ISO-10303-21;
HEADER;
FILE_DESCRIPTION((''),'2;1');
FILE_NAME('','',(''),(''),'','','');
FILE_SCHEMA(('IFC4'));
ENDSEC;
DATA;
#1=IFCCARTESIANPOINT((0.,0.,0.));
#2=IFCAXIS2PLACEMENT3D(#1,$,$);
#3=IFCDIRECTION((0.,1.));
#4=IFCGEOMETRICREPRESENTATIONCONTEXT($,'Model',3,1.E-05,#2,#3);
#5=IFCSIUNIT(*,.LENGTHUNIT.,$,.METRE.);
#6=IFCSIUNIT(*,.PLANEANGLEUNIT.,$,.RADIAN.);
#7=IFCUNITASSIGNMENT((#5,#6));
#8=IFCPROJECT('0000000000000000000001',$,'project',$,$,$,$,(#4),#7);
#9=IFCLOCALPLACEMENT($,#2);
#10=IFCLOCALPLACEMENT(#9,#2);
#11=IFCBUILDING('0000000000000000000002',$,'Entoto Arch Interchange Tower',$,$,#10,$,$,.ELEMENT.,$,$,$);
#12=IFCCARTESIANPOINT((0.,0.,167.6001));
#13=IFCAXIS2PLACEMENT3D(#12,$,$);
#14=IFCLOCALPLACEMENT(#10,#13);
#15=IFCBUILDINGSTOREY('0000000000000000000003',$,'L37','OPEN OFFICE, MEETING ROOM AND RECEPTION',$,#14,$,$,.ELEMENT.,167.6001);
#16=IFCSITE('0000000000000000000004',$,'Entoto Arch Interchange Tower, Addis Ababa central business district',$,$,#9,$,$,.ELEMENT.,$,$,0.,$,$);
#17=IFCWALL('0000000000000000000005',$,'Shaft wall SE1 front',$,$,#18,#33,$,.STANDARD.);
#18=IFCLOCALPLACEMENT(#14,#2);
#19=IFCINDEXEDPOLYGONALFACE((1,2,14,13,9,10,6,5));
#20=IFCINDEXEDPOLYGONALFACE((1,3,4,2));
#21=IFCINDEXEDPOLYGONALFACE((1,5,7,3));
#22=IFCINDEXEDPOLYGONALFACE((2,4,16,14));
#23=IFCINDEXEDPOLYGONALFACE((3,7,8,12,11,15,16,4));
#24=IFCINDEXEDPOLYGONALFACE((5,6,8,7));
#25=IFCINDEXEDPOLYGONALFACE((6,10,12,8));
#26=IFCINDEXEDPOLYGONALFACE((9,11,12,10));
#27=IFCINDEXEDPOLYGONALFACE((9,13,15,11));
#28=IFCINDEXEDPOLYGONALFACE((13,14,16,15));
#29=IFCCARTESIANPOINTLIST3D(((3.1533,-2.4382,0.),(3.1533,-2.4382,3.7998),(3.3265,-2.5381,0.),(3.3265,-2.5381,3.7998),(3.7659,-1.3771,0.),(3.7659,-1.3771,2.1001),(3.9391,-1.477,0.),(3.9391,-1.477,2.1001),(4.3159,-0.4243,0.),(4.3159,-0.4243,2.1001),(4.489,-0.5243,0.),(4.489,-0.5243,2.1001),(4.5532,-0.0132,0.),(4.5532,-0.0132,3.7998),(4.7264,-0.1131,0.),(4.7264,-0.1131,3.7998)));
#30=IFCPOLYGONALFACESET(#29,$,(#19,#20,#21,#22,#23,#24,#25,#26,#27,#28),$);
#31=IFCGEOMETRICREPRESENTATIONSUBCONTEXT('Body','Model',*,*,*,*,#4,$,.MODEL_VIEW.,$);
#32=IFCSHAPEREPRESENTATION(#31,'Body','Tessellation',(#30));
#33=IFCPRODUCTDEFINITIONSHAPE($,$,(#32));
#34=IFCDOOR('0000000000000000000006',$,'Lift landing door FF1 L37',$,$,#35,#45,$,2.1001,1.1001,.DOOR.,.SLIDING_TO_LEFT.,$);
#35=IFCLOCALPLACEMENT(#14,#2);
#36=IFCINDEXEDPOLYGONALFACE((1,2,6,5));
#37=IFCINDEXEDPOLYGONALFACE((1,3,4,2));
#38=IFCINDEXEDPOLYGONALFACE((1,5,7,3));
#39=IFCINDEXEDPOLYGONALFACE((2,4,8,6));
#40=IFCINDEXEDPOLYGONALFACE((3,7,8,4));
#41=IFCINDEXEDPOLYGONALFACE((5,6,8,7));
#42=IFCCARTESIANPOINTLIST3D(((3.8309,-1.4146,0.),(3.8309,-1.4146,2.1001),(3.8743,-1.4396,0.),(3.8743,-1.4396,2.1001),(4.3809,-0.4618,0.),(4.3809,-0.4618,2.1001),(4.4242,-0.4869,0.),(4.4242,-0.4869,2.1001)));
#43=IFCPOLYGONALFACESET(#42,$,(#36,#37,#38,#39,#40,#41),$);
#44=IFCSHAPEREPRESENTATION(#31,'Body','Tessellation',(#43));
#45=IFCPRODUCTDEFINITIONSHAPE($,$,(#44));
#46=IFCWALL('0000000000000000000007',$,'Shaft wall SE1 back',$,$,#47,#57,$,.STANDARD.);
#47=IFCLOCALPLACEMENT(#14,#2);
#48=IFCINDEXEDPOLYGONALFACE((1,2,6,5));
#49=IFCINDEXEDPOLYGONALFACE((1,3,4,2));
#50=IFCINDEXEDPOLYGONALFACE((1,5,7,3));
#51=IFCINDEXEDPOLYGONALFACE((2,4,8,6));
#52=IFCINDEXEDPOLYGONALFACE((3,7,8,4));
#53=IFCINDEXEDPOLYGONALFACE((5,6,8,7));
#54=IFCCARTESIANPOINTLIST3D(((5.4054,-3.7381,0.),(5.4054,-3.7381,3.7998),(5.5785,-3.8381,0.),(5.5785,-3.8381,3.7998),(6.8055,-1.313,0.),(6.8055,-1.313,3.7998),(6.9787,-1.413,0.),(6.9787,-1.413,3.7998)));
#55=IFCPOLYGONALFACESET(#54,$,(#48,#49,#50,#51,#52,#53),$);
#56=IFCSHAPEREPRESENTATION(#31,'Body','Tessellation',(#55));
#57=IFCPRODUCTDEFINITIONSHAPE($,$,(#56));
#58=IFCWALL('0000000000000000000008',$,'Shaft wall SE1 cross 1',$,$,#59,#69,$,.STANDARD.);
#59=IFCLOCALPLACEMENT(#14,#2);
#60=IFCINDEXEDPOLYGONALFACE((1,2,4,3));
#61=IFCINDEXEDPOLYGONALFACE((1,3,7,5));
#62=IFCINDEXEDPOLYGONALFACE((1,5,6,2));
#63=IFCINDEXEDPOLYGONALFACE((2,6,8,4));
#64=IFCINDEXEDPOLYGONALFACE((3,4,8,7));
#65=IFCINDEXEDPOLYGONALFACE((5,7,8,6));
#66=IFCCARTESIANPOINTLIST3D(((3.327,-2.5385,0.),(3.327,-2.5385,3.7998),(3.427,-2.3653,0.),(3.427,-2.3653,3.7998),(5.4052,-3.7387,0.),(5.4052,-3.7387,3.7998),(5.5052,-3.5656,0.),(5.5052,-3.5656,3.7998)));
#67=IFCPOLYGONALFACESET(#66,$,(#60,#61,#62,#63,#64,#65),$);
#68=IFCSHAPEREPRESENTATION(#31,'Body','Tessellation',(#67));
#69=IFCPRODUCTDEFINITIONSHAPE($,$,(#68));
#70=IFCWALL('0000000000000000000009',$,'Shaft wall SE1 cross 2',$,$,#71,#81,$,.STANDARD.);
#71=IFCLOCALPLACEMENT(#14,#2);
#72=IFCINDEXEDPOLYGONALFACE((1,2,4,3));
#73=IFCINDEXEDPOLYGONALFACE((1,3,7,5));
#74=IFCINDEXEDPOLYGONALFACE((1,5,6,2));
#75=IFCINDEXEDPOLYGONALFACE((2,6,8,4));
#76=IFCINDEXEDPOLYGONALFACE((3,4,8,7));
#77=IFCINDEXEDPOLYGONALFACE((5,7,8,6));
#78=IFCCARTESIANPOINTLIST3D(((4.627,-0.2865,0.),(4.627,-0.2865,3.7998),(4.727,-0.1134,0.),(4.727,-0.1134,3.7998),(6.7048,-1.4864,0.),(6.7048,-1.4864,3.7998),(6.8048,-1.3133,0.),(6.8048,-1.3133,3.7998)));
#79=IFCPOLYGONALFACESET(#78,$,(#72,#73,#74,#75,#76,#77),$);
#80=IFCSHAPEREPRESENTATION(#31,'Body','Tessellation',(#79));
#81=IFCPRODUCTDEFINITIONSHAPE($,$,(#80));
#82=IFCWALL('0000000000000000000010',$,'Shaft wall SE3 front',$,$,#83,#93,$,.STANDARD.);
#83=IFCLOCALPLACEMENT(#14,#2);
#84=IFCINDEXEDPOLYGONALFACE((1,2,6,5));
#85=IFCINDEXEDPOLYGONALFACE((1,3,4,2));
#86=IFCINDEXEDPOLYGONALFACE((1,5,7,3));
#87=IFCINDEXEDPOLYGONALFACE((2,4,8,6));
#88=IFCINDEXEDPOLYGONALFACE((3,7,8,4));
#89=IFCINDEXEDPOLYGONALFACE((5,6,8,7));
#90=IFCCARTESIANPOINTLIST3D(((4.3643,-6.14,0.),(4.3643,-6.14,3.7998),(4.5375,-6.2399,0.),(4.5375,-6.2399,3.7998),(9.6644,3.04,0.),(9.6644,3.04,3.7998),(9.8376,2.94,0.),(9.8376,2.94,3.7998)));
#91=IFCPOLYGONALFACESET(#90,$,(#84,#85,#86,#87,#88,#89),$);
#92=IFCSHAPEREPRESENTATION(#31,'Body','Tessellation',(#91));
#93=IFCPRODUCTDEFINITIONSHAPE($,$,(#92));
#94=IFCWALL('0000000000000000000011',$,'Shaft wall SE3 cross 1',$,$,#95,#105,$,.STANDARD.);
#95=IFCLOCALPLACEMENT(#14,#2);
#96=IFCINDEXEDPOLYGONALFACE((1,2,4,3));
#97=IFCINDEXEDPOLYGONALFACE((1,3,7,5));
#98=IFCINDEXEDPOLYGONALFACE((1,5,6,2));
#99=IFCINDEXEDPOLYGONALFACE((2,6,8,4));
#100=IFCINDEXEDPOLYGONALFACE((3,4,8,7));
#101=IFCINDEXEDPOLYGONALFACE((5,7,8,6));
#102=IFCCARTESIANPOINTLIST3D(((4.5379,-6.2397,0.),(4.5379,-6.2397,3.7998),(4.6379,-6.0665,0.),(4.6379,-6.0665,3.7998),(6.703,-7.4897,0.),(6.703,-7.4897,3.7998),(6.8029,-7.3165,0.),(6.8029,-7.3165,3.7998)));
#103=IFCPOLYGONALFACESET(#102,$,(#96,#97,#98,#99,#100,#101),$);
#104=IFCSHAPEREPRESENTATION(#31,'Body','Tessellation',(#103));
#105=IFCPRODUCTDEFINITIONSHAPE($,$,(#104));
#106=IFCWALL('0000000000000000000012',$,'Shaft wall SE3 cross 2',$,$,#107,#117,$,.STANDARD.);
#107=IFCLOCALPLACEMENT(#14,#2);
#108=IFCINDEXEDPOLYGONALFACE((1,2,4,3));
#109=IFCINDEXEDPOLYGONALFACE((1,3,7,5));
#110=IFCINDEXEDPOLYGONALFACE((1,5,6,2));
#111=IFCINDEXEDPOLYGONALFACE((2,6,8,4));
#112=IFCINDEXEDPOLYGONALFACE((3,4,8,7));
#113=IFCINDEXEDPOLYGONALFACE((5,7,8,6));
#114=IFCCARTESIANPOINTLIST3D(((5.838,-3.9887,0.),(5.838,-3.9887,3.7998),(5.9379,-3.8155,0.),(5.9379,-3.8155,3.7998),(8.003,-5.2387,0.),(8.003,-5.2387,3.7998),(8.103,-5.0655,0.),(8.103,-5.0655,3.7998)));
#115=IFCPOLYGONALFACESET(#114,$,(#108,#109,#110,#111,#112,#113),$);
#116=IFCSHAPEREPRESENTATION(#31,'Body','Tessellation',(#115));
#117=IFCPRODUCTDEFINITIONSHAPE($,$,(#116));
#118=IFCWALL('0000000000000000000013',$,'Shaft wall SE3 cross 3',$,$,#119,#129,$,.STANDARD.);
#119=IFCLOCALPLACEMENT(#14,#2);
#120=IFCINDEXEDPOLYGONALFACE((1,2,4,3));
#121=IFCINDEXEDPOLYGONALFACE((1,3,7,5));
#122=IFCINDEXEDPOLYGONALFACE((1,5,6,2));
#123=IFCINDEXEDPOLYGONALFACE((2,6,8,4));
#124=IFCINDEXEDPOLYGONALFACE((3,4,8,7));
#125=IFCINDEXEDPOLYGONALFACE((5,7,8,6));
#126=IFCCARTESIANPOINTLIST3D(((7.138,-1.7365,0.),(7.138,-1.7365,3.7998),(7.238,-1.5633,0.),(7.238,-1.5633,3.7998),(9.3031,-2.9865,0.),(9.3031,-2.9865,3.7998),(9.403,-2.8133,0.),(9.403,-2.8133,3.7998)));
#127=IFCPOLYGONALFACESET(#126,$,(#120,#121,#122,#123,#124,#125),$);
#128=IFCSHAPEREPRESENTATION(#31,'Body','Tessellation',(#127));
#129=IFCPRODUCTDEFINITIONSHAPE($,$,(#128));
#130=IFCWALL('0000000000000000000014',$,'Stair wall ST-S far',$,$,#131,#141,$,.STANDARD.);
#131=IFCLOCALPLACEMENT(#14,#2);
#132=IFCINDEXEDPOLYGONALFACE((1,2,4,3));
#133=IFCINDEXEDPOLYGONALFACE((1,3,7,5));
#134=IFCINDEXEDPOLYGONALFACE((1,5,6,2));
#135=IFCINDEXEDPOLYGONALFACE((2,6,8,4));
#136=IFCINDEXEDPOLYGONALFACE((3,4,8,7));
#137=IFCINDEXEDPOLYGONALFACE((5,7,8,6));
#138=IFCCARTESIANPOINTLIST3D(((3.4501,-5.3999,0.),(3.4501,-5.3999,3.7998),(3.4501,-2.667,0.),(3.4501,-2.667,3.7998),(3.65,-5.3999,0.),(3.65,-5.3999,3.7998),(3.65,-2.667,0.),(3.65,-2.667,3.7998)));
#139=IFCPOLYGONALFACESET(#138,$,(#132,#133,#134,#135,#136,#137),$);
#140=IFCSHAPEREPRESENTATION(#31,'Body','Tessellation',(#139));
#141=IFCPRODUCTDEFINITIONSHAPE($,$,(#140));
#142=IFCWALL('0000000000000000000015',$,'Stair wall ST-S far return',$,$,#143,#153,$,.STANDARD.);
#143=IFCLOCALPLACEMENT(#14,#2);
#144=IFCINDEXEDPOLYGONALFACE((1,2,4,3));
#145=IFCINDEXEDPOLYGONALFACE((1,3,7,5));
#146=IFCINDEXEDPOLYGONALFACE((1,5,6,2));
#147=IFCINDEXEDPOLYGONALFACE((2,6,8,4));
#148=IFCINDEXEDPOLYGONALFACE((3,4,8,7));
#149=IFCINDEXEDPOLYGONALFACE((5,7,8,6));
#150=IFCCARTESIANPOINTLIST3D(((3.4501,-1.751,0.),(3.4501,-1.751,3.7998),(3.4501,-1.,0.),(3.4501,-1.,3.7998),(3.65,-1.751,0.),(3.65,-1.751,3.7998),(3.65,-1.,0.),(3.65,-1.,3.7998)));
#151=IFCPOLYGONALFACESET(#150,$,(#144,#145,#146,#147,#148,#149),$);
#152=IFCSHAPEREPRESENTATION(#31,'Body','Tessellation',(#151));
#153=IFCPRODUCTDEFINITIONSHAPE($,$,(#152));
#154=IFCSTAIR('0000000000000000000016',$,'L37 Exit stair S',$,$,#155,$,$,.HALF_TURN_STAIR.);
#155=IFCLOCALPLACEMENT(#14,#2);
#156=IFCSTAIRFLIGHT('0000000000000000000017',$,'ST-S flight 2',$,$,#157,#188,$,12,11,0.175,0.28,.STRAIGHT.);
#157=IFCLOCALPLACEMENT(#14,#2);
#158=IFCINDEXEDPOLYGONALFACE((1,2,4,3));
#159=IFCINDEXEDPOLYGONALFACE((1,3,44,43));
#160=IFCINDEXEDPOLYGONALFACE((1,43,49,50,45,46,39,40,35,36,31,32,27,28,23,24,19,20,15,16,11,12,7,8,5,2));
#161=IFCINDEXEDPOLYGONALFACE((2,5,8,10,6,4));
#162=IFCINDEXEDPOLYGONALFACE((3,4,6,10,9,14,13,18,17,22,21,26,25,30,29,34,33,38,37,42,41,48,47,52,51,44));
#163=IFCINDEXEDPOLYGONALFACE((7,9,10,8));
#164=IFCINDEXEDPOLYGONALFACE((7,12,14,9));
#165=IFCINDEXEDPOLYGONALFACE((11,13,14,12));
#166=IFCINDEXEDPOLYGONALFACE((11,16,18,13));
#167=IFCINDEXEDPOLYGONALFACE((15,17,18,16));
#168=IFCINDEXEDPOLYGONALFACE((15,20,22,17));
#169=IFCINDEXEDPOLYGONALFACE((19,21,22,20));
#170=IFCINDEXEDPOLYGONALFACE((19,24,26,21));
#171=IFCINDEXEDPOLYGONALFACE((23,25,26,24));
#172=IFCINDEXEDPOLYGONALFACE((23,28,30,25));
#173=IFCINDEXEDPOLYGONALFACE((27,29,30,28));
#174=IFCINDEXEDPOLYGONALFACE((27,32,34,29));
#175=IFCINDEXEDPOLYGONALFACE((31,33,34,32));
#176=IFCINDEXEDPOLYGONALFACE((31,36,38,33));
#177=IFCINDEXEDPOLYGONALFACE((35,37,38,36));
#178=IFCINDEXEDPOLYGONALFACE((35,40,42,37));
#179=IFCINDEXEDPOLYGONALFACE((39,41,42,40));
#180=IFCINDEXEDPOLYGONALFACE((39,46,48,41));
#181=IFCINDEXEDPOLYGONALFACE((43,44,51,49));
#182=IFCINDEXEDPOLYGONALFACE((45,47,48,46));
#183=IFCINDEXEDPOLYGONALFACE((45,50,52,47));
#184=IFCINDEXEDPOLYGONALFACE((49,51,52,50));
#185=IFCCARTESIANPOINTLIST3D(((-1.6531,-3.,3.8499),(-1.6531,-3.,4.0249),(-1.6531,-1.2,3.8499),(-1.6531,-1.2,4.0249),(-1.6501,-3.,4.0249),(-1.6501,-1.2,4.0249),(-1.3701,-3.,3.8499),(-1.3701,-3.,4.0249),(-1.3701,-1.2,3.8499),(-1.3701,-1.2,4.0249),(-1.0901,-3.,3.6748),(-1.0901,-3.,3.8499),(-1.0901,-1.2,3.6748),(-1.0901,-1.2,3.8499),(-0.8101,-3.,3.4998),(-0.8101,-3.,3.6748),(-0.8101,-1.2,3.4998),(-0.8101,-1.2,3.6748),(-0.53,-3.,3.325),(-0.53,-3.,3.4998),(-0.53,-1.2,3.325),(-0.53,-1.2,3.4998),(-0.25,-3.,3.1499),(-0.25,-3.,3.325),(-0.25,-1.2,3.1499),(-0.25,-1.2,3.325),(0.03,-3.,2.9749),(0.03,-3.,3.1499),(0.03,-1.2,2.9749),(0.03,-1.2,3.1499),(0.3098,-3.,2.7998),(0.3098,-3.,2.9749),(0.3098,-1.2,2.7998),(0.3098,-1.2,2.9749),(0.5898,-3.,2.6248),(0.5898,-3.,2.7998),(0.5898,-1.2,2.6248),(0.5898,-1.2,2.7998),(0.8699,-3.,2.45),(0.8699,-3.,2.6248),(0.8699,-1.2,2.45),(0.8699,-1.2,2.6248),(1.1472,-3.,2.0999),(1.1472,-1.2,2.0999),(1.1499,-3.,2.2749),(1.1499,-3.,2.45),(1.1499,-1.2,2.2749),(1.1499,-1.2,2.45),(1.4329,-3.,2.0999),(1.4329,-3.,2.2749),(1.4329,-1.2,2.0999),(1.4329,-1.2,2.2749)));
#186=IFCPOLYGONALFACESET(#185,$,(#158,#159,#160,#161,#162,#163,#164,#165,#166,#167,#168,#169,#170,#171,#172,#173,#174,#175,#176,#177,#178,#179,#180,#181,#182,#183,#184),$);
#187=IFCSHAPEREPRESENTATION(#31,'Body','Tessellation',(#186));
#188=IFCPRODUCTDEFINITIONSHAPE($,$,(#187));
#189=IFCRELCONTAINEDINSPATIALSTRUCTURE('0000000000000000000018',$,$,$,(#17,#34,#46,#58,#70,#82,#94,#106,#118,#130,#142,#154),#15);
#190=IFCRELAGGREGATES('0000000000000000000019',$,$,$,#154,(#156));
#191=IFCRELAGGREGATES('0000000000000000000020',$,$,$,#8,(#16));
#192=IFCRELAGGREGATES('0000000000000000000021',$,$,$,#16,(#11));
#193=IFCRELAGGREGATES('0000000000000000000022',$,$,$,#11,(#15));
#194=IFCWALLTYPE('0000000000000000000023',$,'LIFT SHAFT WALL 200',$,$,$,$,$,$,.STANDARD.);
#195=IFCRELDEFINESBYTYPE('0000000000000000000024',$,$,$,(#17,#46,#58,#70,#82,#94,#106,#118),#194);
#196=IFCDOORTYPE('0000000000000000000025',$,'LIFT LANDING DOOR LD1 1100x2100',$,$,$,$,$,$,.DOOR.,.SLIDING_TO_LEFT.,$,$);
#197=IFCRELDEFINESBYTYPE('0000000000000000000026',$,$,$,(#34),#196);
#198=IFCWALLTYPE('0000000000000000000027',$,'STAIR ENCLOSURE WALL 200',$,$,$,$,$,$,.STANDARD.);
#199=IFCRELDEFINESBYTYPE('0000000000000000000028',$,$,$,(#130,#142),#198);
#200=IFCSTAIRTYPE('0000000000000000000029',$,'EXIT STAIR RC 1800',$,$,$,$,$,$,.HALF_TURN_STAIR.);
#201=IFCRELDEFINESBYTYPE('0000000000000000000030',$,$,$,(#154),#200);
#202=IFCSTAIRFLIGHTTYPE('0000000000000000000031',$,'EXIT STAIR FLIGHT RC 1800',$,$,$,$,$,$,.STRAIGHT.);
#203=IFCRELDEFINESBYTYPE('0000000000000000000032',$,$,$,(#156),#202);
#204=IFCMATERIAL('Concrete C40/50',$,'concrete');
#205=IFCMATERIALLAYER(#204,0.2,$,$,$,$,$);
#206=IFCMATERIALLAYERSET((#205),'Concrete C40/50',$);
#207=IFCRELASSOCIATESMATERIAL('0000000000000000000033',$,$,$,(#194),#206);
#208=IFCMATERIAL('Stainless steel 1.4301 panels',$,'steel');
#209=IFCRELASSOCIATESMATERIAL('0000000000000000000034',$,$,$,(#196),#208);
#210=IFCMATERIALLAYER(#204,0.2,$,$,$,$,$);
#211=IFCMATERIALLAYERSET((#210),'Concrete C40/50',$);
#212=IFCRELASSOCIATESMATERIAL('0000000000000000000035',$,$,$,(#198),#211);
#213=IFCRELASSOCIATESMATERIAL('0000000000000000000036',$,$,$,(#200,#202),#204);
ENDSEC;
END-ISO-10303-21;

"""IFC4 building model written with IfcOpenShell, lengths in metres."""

from ifc_helpers import new_model, si_unit, direction, frame, frame_2d, origin, place, context, subcontext, project, spatial, polyline, rectangle, outline, extrude, material, layer, layer_set, type_object, element, fill, aggregate, save


model = new_model("IFC4")

# Units and contexts
model_context = context("Model", 3, precision=1e-05, world=origin(), true_north=direction((0.0, 1.0)))
body_context = subcontext(model_context, "Body", "Model", "MODEL_VIEW")
ifc_project = project(units=[si_unit("LENGTHUNIT", "METRE"), si_unit("PLANEANGLEUNIT", "RADIAN")], contexts=[model_context])

# Site, building, storey
site_placement = place(None, origin())
site = spatial("IfcSite", under=ifc_project, at=site_placement, Name="Entoto Arch Interchange Tower, Addis Ababa central business district", CompositionType="ELEMENT", RefElevation=0.0)
building_placement = place(site_placement, origin())
building = spatial("IfcBuilding", under=site, at=building_placement, Name="Entoto Arch Interchange Tower", CompositionType="ELEMENT")
storey_placement = place(building_placement, frame((0.0, 0.0, 167.6001)))
storey = spatial("IfcBuildingStorey", under=building, at=storey_placement, Name="L37", Description="OPEN OFFICE, MEETING ROOM AND RECEPTION", CompositionType="ELEMENT", Elevation=167.6001)

# Wall, opening, door
ifc_material_1 = material(Name="Concrete C40/50", Category="concrete")
ifc_material_2 = material(Name="Stainless steel 1.4301 panels", Category="steel")
ifc_layer_1 = layer(ifc_material_1, 0.2)
ifc_layer_set_1 = layer_set([ifc_layer_1], Name="Concrete C40/50")
wall_type_1 = type_object("IfcWallType", Name="LIFT SHAFT WALL 200", PredefinedType="STANDARD", material=ifc_layer_set_1)
wall_1_placement = place(storey_placement, frame((3.24, -2.488, 0.0), z_axis=(0.0, 0.0, 1.0), x_axis=(0.499946, 0.866056, 0.0)))
wall_1 = element("IfcWall", 1, at=wall_1_placement, inside=storey, type_object=wall_type_1, Name="Shaft wall SE1 front", PredefinedType="STANDARD", context=body_context, shape_type="SweptSolid", body=[
    extrude(rectangle(XDim=2.8, YDim=0.2, at=frame_2d((1.3999, 0.0))), origin(), (0.0, 0.0, 1.0), 3.7998),
])
opening_1_placement = place(wall_1_placement, frame((1.2251, 0.0, 0.0)))
opening_1 = element("IfcOpeningElement", 2, at=opening_1_placement, cuts=wall_1, PredefinedType="OPENING", context=body_context, shape_type="SweptSolid", body=[
    extrude(rectangle(XDim=1.1001, YDim=2.1001, at=frame_2d((0.55, 1.05))), frame((0.0, 0.1099, 0.0), z_axis=(0.0, -1.0, 0.0), x_axis=(1.0, 0.0, 0.0)), (0.0, 0.0, 1.0), 0.22),
])
door_type_1 = type_object("IfcDoorType", Name="LIFT LANDING DOOR LD1 1100x2100", OperationType="SLIDING_TO_LEFT", PredefinedType="DOOR", material=ifc_material_2)
door_1_placement = place(opening_1_placement, origin())
door_1 = element("IfcDoor", 3, at=door_1_placement, inside=storey, type_object=door_type_1, Name="Lift landing door FF1 L37", OperationType="SLIDING_TO_LEFT", OverallHeight=2.1001, OverallWidth=1.1001, PredefinedType="DOOR", context=body_context, shape_type="SweptSolid", body=[
    extrude(rectangle(XDim=1.1001, YDim=2.1001, at=frame_2d((0.55, 1.05))), frame((0.0, 0.0249, 0.0), z_axis=(0.0, -1.0, 0.0), x_axis=(1.0, 0.0, 0.0)), (0.0, 0.0, 1.0), 0.05),
])
fill(opening_1, door_1)

# Walls
wall_2_placement = place(storey_placement, frame((5.4919, -3.7881, 0.0), z_axis=(0.0, 0.0, 1.0), x_axis=(0.500012, 0.866019, 0.0)))
element("IfcWall", 4, at=wall_2_placement, inside=storey, type_object=wall_type_1, Name="Shaft wall SE1 back", PredefinedType="STANDARD", context=body_context, shape_type="SweptSolid", body=[
    extrude(rectangle(XDim=2.8003, YDim=0.2, at=frame_2d((1.4001, 0.0))), origin(), (0.0, 0.0, 1.0), 3.7998),
])
wall_3_placement = place(storey_placement, frame((3.377, -2.4519, 0.0), z_axis=(0.0, 0.0, 1.0), x_axis=(0.865955, -0.500122, 0.0)))
element("IfcWall", 5, at=wall_3_placement, inside=storey, type_object=wall_type_1, Name="Shaft wall SE1 cross 1", PredefinedType="STANDARD", context=body_context, shape_type="SweptSolid", body=[
    extrude(rectangle(XDim=2.3999, YDim=0.2, at=frame_2d((1.2, 0.0))), origin(), (0.0, 0.0, 1.0), 3.7998),
])
wall_4_placement = place(storey_placement, frame((4.677, -0.2, 0.0), z_axis=(0.0, 0.0, 1.0), x_axis=(0.865974, -0.500089, 0.0)))
element("IfcWall", 6, at=wall_4_placement, inside=storey, type_object=wall_type_1, Name="Shaft wall SE1 cross 2", PredefinedType="STANDARD", context=body_context, shape_type="SweptSolid", body=[
    extrude(rectangle(XDim=2.3994, YDim=0.2, at=frame_2d((1.1997, 0.0))), origin(), (0.0, 0.0, 1.0), 3.7998),
])
wall_5_placement = place(storey_placement, frame((4.4509, -6.1899, 0.0), z_axis=(0.0, 0.0, 1.0), x_axis=(0.500001, 0.866025, 0.0)))
element("IfcWall", 7, at=wall_5_placement, inside=storey, type_object=wall_type_1, Name="Shaft wall SE3 front", PredefinedType="STANDARD", context=body_context, shape_type="SweptSolid", body=[
    extrude(rectangle(XDim=10.6001, YDim=0.2, at=frame_2d((5.3, 0.0))), origin(), (0.0, 0.0, 1.0), 3.7998),
])
for number, where, z_axis, x_axis, name in (
    (8, (4.5879, -6.1531, 0.0), (0.0, 0.0, 1.0), (0.866023, -0.500004, 0.0), "Shaft wall SE3 cross 1"),
    (9, (5.8879, -3.9021, 0.0), (0.0, 0.0, 1.0), (0.866023, -0.500004, 0.0), "Shaft wall SE3 cross 2"),
    (10, (7.188, -1.6499, 0.0), (0.0, 0.0, 1.0), (0.866023, -0.500004, 0.0), "Shaft wall SE3 cross 3"),
):
    element("IfcWall", number, at=place(storey_placement, frame(where, z_axis=z_axis, x_axis=x_axis)), inside=storey, type_object=wall_type_1, Name=name, PredefinedType="STANDARD", context=body_context, shape_type="SweptSolid", body=[
        extrude(rectangle(XDim=2.5, YDim=0.2, at=frame_2d((1.25, 0.0))), origin(), (0.0, 0.0, 1.0), 3.7998),
    ])
ifc_layer_2 = layer(ifc_material_1, 0.2)
ifc_layer_set_2 = layer_set([ifc_layer_2], Name="Concrete C40/50")
wall_type_2 = type_object("IfcWallType", Name="STAIR ENCLOSURE WALL 200", PredefinedType="STANDARD", material=ifc_layer_set_2)
wall_6_placement = place(storey_placement, frame((3.55, -2.667, 0.0), z_axis=(0.0, 0.0, 1.0), x_axis=(0.0, -1.0, 0.0)))
element("IfcWall", 11, at=wall_6_placement, inside=storey, type_object=wall_type_2, Name="Stair wall ST-S far", PredefinedType="STANDARD", context=body_context, shape_type="SweptSolid", body=[
    extrude(rectangle(XDim=2.7329, YDim=0.2, at=frame_2d((1.3665, 0.0))), origin(), (0.0, 0.0, 1.0), 3.7998),
])
wall_7_placement = place(storey_placement, frame((3.55, -1.0, 0.0), z_axis=(0.0, 0.0, 1.0), x_axis=(0.0, -1.0, 0.0)))
element("IfcWall", 12, at=wall_7_placement, inside=storey, type_object=wall_type_2, Name="Stair wall ST-S far return", PredefinedType="STANDARD", context=body_context, shape_type="SweptSolid", body=[
    extrude(rectangle(XDim=0.751, YDim=0.2, at=frame_2d((0.3755, 0.0))), origin(), (0.0, 0.0, 1.0), 3.7998),
])

# Stair, stair flight
stair_type = type_object("IfcStairType", Name="EXIT STAIR RC 1800", PredefinedType="HALF_TURN_STAIR", material=ifc_material_1)
stair_placement = place(storey_placement, origin())
stair = element("IfcStair", 13, at=stair_placement, inside=storey, type_object=stair_type, Name="L37 Exit stair S", PredefinedType="HALF_TURN_STAIR")
stair_flight_type = type_object("IfcStairFlightType", Name="EXIT STAIR FLIGHT RC 1800", PredefinedType="STRAIGHT", material=ifc_material_1)
stair_flight_placement = place(storey_placement, frame((1.4299, -2.1001, 2.0999), z_axis=(0.0, 0.0, 1.0), x_axis=(-1.0, 0.0, 0.0)))
stair_flight = element("IfcStairFlight", 14, at=stair_flight_placement, type_object=stair_flight_type, Name="ST-S flight 2", NumberOfRisers=12, NumberOfTreads=11, PredefinedType="STRAIGHT", RiserHeight=0.175, TreadLength=0.28, context=body_context, shape_type="SweptSolid", body=[
    extrude(outline(polyline([(-0.0029, 0.0), (-0.0029, 0.175), (0.28, 0.175), (0.28, 0.3501), (0.5601, 0.3501), (0.5601, 0.5249), (0.8401, 0.5249), (0.8401, 0.7), (1.1201, 0.7), (1.1201, 0.875), (1.3999, 0.875), (1.3999, 1.05), (1.6799, 1.05), (1.6799, 1.2251), (1.96, 1.2251), (1.96, 1.3999), (2.24, 1.3999), (2.24, 1.575), (2.52, 1.575), (2.52, 1.75), (2.8, 1.75), (2.8, 1.925), (3.0801, 1.925), (3.083, 1.925), (3.083, 1.75), (0.2827, 0.0), (-0.0029, 0.0)])), frame((0.0, 0.8999, 0.0), z_axis=(0.0, -1.0, 0.0), x_axis=(1.0, 0.0, 0.0)), (0.0, 0.0, 1.0), 1.8),
])
aggregate(stair, [stair_flight])

save(model, "model.ifc")
